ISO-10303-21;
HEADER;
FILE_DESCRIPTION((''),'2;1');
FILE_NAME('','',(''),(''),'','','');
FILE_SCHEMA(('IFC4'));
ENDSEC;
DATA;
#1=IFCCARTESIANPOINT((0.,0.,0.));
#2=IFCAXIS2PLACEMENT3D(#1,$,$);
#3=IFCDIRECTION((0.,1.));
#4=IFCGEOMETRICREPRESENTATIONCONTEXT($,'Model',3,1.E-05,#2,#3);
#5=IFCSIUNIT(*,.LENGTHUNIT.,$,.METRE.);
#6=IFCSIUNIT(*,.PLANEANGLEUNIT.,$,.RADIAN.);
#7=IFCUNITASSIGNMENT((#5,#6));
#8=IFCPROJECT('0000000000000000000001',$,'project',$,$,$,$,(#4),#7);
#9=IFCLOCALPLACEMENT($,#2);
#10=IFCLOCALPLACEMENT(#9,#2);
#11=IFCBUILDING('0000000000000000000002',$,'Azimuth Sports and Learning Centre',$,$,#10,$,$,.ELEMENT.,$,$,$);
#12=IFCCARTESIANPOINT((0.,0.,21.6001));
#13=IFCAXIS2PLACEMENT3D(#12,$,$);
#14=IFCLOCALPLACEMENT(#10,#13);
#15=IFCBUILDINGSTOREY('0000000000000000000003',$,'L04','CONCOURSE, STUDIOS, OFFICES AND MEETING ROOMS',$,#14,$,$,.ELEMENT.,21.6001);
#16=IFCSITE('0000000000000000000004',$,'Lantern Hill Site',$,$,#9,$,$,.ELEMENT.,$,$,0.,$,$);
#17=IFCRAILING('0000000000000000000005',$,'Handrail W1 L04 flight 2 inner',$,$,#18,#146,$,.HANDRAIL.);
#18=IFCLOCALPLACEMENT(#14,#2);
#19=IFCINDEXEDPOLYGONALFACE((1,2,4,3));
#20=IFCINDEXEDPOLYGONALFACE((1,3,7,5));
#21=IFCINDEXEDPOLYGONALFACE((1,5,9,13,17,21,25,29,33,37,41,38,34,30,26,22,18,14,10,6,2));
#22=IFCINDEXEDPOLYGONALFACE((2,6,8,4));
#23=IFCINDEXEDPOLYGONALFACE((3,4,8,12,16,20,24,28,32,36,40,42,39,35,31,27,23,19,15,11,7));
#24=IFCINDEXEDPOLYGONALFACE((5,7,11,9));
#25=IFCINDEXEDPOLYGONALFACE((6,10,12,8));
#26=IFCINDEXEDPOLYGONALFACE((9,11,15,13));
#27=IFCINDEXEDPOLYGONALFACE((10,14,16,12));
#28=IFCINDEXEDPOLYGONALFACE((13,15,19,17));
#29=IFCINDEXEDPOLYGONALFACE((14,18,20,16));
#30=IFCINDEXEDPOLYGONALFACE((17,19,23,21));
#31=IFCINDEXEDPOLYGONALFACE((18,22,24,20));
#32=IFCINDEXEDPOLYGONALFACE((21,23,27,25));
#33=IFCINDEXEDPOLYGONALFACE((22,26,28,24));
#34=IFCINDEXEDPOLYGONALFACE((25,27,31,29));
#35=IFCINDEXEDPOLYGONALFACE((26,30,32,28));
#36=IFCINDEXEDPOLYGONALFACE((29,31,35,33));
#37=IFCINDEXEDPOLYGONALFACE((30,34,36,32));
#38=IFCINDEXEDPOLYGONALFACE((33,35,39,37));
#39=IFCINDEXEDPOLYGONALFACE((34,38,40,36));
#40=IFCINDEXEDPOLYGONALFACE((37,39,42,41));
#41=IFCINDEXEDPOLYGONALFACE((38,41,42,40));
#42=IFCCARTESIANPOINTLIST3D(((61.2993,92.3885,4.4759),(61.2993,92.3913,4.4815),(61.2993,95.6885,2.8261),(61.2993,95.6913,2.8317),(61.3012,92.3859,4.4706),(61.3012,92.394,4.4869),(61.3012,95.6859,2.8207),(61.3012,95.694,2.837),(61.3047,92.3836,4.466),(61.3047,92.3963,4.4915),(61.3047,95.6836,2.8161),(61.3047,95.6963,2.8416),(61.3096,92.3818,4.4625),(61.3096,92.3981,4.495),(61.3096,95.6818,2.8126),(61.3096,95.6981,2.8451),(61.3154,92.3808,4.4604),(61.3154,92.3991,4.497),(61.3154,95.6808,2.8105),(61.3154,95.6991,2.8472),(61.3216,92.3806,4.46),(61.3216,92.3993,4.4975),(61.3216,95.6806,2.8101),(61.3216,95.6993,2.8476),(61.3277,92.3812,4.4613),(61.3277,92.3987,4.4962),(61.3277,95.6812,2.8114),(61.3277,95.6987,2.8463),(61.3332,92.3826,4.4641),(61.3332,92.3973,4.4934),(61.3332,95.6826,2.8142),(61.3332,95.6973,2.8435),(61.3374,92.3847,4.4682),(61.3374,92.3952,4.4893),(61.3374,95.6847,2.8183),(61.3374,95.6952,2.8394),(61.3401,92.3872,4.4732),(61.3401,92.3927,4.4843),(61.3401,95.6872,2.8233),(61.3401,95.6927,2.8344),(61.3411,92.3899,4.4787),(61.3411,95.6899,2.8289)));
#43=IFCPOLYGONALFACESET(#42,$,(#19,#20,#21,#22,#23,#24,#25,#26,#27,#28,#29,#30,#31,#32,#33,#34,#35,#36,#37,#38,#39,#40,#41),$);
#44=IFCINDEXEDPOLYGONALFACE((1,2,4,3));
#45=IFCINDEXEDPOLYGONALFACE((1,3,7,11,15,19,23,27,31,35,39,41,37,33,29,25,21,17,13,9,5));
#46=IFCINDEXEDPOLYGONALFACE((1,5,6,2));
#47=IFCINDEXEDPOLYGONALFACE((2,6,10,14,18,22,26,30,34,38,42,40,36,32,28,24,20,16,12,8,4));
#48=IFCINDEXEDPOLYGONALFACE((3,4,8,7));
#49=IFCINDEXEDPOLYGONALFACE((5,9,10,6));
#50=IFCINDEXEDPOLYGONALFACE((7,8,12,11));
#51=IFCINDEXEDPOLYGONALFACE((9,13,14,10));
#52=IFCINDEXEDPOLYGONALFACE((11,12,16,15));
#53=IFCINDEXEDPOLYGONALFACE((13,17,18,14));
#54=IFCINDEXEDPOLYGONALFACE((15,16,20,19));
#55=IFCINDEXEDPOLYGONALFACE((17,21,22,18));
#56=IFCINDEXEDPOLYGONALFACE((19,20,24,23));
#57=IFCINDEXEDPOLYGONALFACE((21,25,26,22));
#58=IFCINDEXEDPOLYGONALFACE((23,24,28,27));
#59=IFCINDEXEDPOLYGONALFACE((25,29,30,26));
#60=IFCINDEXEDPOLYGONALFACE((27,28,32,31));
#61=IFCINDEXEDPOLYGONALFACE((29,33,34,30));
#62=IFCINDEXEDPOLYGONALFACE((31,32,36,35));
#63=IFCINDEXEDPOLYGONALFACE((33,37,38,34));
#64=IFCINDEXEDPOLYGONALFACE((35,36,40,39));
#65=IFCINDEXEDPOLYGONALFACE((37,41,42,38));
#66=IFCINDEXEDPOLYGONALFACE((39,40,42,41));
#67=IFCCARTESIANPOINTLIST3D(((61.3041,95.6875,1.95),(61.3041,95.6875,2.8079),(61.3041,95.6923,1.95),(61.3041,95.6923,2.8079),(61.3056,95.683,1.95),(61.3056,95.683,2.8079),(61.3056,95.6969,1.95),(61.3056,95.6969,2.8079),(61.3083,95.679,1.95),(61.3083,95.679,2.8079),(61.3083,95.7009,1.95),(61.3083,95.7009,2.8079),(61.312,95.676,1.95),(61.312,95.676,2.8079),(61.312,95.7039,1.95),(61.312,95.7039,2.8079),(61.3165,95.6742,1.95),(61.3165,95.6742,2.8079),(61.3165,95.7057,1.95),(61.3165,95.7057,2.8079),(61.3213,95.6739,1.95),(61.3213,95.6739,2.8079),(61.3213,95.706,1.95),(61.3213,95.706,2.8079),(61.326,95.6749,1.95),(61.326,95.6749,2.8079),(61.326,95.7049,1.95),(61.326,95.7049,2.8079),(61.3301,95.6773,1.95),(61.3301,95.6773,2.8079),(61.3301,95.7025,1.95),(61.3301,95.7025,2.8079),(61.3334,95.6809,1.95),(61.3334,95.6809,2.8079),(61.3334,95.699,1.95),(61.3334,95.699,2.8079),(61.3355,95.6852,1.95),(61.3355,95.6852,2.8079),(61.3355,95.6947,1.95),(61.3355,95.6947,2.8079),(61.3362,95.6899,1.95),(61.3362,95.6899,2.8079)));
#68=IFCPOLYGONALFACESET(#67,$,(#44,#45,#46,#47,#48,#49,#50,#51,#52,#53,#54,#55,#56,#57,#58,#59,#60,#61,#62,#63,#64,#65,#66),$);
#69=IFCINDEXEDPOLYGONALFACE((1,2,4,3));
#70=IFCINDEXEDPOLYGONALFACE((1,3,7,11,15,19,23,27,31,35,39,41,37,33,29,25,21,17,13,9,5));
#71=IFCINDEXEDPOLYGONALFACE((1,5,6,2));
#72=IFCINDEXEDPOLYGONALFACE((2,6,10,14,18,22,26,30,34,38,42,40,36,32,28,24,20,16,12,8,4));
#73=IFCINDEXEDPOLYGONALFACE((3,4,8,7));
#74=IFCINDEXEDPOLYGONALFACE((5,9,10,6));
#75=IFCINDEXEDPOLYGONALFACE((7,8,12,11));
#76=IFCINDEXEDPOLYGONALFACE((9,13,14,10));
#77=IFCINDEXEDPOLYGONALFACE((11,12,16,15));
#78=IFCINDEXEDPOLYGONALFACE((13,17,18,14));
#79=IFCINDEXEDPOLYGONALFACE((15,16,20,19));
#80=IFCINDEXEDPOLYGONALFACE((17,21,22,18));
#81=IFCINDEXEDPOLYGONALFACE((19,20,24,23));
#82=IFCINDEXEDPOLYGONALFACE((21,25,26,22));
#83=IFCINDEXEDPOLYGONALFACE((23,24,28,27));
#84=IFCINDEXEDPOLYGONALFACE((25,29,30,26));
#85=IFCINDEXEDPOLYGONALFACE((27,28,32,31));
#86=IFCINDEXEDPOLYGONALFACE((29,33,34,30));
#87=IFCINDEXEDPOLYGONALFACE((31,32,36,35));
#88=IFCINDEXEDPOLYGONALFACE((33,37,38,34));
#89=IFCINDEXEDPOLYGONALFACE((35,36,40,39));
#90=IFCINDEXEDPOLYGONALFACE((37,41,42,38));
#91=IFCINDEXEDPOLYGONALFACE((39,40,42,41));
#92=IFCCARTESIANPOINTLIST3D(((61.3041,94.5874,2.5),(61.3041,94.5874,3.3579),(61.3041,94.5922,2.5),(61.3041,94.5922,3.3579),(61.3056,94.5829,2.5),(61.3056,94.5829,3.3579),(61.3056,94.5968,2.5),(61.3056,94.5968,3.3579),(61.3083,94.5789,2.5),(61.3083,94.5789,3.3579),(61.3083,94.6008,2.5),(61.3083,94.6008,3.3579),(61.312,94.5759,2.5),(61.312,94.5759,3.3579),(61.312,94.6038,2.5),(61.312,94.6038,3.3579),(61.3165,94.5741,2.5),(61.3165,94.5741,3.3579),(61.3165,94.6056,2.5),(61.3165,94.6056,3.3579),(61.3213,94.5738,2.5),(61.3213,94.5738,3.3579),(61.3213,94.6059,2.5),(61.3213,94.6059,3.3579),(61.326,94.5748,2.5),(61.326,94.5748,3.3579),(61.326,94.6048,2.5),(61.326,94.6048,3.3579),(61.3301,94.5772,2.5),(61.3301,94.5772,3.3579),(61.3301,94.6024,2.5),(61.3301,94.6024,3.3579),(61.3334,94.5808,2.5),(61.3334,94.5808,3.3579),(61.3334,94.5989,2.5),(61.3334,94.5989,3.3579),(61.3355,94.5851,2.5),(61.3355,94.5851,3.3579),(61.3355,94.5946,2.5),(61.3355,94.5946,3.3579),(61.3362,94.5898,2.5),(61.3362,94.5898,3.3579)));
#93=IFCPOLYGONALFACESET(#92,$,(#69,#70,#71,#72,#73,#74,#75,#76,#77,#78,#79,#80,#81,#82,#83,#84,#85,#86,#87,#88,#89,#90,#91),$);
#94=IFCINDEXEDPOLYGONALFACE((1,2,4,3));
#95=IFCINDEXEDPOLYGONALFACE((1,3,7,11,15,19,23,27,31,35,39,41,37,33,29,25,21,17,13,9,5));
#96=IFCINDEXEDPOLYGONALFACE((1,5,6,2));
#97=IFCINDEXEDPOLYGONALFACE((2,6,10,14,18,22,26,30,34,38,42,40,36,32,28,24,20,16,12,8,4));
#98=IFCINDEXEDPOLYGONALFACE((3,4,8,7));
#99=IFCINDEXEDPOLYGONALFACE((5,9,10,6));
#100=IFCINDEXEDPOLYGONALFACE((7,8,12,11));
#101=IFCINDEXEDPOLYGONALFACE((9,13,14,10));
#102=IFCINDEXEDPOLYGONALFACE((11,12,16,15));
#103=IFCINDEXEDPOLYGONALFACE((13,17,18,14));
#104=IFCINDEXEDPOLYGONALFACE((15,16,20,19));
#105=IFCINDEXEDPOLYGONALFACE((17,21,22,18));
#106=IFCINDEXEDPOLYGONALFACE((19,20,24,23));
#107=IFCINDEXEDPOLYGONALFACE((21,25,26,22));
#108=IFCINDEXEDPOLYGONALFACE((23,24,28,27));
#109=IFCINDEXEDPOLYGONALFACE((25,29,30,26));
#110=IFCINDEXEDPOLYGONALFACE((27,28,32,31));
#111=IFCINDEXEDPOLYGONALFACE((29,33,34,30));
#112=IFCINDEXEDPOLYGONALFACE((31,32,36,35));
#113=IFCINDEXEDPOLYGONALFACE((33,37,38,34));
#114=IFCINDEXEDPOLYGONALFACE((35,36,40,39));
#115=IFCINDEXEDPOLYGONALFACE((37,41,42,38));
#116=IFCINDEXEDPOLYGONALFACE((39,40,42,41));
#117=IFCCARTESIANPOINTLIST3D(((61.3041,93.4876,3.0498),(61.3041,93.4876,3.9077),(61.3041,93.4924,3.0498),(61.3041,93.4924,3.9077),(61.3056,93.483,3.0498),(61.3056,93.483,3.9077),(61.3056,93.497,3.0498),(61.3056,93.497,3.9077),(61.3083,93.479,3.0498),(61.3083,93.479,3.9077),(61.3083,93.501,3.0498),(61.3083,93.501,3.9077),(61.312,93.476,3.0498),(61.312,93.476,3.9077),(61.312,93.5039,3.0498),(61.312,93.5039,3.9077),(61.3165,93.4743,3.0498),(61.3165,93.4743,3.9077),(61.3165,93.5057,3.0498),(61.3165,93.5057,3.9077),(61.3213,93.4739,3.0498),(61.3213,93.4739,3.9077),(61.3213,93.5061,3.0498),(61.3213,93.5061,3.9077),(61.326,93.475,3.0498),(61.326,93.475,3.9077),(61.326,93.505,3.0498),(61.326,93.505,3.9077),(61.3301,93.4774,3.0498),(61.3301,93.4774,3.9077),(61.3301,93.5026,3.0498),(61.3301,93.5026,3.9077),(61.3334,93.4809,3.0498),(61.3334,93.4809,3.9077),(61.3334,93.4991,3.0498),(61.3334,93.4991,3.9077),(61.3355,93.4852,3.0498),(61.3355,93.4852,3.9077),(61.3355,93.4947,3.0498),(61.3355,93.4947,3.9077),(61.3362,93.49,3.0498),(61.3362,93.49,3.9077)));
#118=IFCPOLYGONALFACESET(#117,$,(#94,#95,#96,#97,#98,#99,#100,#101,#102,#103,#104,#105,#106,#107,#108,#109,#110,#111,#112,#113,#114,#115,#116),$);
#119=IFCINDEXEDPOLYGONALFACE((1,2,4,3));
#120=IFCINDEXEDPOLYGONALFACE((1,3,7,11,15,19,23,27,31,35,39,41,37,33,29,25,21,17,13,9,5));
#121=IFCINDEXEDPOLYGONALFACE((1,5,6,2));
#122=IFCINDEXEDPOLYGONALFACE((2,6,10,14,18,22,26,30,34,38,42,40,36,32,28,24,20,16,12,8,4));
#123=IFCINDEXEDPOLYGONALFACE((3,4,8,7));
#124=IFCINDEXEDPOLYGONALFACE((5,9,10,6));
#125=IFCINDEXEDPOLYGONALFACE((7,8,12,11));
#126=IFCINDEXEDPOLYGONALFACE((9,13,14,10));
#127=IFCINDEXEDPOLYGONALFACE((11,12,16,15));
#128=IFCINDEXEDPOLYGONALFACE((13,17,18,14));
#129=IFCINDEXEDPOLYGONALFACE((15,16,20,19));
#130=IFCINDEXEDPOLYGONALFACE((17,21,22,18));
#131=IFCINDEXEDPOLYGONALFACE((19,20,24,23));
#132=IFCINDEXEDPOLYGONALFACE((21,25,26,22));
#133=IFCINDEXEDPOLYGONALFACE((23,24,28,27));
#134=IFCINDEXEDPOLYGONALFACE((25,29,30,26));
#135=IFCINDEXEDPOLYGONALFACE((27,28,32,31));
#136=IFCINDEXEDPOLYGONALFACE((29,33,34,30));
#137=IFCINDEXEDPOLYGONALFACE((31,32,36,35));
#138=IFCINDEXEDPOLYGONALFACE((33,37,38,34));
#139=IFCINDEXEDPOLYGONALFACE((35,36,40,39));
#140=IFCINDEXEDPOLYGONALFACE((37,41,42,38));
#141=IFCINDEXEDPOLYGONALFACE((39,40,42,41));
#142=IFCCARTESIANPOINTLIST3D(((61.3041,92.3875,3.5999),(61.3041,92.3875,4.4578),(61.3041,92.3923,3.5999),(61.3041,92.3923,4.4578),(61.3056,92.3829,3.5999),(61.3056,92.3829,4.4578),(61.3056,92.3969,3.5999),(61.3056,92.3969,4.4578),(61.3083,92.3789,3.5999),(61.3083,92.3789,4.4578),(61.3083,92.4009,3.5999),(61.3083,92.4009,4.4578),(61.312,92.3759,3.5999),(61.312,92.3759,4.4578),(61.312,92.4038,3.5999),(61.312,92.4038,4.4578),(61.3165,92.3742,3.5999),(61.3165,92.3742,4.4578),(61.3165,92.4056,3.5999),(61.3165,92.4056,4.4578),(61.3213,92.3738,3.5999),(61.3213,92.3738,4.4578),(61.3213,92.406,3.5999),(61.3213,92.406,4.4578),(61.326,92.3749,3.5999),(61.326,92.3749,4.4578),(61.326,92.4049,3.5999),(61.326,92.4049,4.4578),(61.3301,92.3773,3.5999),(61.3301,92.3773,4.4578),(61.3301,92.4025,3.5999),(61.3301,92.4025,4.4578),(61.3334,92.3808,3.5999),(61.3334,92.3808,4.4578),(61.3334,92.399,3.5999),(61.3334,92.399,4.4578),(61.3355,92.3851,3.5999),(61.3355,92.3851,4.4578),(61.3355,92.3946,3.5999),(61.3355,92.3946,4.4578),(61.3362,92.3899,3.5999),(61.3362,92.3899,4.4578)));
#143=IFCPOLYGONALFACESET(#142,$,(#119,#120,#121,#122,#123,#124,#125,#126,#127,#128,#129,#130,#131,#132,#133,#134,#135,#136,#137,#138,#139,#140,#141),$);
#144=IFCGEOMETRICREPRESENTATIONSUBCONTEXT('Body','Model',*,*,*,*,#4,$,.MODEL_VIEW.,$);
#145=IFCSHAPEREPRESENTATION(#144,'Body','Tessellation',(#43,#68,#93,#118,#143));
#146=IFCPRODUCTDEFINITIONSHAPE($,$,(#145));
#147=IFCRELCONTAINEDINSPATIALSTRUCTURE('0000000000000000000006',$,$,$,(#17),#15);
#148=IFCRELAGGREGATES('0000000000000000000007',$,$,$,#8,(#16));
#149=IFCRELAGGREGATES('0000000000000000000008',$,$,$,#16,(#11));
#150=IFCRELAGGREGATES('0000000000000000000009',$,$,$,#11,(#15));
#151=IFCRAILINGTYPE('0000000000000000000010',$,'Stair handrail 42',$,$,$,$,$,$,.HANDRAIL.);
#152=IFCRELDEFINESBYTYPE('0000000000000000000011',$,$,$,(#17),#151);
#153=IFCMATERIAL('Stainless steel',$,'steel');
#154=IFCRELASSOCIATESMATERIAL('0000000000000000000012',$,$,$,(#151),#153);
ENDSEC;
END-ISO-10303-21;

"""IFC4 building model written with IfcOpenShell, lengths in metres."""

from ifc_helpers import new_model, si_unit, direction, frame, origin, origin_2d, place, context, subcontext, project, spatial, circle, extrude, material, type_object, element, save


model = new_model("IFC4")

# Units and contexts
model_context = context("Model", 3, precision=1e-05, world=origin(), true_north=direction((0.0, 1.0)))
body_context = subcontext(model_context, "Body", "Model", "MODEL_VIEW")
ifc_project = project(units=[si_unit("LENGTHUNIT", "METRE"), si_unit("PLANEANGLEUNIT", "RADIAN")], contexts=[model_context])

# Site, building, storey
site_placement = place(None, origin())
site = spatial("IfcSite", under=ifc_project, at=site_placement, Name="Lantern Hill Site", CompositionType="ELEMENT", RefElevation=0.0)
building_placement = place(site_placement, origin())
building = spatial("IfcBuilding", under=site, at=building_placement, Name="Azimuth Sports and Learning Centre", CompositionType="ELEMENT")
storey_placement = place(building_placement, frame((0.0, 0.0, 21.6001)))
storey = spatial("IfcBuildingStorey", under=building, at=storey_placement, Name="L04", Description="CONCOURSE, STUDIOS, OFFICES AND MEETING ROOMS", CompositionType="ELEMENT", Elevation=21.6001)

# Railing
ifc_material_1 = material(Name="Stainless steel", Category="steel")
railing_type = type_object("IfcRailingType", Name="Stair handrail 42", PredefinedType="HANDRAIL", material=ifc_material_1)
for number, where, name in (
    (1, (61.3201, 95.6899, 1.95), "Handrail W1 L04 flight 2 inner"),
):
    element("IfcRailing", number, at=place(storey_placement, frame(where)), inside=storey, type_object=railing_type, Name=name, PredefinedType="HANDRAIL", context=body_context, shape_type="SweptSolid", body=[
        extrude(circle(Radius=0.021, at=origin_2d()), frame((0.0, 0.0, 0.8789), z_axis=(0.0, -0.89444, 0.447187), x_axis=(1.0, 0.0, 0.0)), (0.0, 0.0, 1.0), 3.6895),
        extrude(circle(Radius=0.0161, at=origin_2d()), origin(), (0.0, 0.0, 1.0), 0.8579),
        extrude(circle(Radius=0.0161, at=origin_2d()), frame((0.0, -1.1001, 0.55)), (0.0, 0.0, 1.0), 0.8579),
        extrude(circle(Radius=0.0161, at=origin_2d()), frame((0.0, -2.2, 1.0999)), (0.0, 0.0, 1.0), 0.8579),
        extrude(circle(Radius=0.0161, at=origin_2d()), frame((0.0, -3.3, 1.6499)), (0.0, 0.0, 1.0), 0.8579),
    ])

save(model, "model.ifc")
